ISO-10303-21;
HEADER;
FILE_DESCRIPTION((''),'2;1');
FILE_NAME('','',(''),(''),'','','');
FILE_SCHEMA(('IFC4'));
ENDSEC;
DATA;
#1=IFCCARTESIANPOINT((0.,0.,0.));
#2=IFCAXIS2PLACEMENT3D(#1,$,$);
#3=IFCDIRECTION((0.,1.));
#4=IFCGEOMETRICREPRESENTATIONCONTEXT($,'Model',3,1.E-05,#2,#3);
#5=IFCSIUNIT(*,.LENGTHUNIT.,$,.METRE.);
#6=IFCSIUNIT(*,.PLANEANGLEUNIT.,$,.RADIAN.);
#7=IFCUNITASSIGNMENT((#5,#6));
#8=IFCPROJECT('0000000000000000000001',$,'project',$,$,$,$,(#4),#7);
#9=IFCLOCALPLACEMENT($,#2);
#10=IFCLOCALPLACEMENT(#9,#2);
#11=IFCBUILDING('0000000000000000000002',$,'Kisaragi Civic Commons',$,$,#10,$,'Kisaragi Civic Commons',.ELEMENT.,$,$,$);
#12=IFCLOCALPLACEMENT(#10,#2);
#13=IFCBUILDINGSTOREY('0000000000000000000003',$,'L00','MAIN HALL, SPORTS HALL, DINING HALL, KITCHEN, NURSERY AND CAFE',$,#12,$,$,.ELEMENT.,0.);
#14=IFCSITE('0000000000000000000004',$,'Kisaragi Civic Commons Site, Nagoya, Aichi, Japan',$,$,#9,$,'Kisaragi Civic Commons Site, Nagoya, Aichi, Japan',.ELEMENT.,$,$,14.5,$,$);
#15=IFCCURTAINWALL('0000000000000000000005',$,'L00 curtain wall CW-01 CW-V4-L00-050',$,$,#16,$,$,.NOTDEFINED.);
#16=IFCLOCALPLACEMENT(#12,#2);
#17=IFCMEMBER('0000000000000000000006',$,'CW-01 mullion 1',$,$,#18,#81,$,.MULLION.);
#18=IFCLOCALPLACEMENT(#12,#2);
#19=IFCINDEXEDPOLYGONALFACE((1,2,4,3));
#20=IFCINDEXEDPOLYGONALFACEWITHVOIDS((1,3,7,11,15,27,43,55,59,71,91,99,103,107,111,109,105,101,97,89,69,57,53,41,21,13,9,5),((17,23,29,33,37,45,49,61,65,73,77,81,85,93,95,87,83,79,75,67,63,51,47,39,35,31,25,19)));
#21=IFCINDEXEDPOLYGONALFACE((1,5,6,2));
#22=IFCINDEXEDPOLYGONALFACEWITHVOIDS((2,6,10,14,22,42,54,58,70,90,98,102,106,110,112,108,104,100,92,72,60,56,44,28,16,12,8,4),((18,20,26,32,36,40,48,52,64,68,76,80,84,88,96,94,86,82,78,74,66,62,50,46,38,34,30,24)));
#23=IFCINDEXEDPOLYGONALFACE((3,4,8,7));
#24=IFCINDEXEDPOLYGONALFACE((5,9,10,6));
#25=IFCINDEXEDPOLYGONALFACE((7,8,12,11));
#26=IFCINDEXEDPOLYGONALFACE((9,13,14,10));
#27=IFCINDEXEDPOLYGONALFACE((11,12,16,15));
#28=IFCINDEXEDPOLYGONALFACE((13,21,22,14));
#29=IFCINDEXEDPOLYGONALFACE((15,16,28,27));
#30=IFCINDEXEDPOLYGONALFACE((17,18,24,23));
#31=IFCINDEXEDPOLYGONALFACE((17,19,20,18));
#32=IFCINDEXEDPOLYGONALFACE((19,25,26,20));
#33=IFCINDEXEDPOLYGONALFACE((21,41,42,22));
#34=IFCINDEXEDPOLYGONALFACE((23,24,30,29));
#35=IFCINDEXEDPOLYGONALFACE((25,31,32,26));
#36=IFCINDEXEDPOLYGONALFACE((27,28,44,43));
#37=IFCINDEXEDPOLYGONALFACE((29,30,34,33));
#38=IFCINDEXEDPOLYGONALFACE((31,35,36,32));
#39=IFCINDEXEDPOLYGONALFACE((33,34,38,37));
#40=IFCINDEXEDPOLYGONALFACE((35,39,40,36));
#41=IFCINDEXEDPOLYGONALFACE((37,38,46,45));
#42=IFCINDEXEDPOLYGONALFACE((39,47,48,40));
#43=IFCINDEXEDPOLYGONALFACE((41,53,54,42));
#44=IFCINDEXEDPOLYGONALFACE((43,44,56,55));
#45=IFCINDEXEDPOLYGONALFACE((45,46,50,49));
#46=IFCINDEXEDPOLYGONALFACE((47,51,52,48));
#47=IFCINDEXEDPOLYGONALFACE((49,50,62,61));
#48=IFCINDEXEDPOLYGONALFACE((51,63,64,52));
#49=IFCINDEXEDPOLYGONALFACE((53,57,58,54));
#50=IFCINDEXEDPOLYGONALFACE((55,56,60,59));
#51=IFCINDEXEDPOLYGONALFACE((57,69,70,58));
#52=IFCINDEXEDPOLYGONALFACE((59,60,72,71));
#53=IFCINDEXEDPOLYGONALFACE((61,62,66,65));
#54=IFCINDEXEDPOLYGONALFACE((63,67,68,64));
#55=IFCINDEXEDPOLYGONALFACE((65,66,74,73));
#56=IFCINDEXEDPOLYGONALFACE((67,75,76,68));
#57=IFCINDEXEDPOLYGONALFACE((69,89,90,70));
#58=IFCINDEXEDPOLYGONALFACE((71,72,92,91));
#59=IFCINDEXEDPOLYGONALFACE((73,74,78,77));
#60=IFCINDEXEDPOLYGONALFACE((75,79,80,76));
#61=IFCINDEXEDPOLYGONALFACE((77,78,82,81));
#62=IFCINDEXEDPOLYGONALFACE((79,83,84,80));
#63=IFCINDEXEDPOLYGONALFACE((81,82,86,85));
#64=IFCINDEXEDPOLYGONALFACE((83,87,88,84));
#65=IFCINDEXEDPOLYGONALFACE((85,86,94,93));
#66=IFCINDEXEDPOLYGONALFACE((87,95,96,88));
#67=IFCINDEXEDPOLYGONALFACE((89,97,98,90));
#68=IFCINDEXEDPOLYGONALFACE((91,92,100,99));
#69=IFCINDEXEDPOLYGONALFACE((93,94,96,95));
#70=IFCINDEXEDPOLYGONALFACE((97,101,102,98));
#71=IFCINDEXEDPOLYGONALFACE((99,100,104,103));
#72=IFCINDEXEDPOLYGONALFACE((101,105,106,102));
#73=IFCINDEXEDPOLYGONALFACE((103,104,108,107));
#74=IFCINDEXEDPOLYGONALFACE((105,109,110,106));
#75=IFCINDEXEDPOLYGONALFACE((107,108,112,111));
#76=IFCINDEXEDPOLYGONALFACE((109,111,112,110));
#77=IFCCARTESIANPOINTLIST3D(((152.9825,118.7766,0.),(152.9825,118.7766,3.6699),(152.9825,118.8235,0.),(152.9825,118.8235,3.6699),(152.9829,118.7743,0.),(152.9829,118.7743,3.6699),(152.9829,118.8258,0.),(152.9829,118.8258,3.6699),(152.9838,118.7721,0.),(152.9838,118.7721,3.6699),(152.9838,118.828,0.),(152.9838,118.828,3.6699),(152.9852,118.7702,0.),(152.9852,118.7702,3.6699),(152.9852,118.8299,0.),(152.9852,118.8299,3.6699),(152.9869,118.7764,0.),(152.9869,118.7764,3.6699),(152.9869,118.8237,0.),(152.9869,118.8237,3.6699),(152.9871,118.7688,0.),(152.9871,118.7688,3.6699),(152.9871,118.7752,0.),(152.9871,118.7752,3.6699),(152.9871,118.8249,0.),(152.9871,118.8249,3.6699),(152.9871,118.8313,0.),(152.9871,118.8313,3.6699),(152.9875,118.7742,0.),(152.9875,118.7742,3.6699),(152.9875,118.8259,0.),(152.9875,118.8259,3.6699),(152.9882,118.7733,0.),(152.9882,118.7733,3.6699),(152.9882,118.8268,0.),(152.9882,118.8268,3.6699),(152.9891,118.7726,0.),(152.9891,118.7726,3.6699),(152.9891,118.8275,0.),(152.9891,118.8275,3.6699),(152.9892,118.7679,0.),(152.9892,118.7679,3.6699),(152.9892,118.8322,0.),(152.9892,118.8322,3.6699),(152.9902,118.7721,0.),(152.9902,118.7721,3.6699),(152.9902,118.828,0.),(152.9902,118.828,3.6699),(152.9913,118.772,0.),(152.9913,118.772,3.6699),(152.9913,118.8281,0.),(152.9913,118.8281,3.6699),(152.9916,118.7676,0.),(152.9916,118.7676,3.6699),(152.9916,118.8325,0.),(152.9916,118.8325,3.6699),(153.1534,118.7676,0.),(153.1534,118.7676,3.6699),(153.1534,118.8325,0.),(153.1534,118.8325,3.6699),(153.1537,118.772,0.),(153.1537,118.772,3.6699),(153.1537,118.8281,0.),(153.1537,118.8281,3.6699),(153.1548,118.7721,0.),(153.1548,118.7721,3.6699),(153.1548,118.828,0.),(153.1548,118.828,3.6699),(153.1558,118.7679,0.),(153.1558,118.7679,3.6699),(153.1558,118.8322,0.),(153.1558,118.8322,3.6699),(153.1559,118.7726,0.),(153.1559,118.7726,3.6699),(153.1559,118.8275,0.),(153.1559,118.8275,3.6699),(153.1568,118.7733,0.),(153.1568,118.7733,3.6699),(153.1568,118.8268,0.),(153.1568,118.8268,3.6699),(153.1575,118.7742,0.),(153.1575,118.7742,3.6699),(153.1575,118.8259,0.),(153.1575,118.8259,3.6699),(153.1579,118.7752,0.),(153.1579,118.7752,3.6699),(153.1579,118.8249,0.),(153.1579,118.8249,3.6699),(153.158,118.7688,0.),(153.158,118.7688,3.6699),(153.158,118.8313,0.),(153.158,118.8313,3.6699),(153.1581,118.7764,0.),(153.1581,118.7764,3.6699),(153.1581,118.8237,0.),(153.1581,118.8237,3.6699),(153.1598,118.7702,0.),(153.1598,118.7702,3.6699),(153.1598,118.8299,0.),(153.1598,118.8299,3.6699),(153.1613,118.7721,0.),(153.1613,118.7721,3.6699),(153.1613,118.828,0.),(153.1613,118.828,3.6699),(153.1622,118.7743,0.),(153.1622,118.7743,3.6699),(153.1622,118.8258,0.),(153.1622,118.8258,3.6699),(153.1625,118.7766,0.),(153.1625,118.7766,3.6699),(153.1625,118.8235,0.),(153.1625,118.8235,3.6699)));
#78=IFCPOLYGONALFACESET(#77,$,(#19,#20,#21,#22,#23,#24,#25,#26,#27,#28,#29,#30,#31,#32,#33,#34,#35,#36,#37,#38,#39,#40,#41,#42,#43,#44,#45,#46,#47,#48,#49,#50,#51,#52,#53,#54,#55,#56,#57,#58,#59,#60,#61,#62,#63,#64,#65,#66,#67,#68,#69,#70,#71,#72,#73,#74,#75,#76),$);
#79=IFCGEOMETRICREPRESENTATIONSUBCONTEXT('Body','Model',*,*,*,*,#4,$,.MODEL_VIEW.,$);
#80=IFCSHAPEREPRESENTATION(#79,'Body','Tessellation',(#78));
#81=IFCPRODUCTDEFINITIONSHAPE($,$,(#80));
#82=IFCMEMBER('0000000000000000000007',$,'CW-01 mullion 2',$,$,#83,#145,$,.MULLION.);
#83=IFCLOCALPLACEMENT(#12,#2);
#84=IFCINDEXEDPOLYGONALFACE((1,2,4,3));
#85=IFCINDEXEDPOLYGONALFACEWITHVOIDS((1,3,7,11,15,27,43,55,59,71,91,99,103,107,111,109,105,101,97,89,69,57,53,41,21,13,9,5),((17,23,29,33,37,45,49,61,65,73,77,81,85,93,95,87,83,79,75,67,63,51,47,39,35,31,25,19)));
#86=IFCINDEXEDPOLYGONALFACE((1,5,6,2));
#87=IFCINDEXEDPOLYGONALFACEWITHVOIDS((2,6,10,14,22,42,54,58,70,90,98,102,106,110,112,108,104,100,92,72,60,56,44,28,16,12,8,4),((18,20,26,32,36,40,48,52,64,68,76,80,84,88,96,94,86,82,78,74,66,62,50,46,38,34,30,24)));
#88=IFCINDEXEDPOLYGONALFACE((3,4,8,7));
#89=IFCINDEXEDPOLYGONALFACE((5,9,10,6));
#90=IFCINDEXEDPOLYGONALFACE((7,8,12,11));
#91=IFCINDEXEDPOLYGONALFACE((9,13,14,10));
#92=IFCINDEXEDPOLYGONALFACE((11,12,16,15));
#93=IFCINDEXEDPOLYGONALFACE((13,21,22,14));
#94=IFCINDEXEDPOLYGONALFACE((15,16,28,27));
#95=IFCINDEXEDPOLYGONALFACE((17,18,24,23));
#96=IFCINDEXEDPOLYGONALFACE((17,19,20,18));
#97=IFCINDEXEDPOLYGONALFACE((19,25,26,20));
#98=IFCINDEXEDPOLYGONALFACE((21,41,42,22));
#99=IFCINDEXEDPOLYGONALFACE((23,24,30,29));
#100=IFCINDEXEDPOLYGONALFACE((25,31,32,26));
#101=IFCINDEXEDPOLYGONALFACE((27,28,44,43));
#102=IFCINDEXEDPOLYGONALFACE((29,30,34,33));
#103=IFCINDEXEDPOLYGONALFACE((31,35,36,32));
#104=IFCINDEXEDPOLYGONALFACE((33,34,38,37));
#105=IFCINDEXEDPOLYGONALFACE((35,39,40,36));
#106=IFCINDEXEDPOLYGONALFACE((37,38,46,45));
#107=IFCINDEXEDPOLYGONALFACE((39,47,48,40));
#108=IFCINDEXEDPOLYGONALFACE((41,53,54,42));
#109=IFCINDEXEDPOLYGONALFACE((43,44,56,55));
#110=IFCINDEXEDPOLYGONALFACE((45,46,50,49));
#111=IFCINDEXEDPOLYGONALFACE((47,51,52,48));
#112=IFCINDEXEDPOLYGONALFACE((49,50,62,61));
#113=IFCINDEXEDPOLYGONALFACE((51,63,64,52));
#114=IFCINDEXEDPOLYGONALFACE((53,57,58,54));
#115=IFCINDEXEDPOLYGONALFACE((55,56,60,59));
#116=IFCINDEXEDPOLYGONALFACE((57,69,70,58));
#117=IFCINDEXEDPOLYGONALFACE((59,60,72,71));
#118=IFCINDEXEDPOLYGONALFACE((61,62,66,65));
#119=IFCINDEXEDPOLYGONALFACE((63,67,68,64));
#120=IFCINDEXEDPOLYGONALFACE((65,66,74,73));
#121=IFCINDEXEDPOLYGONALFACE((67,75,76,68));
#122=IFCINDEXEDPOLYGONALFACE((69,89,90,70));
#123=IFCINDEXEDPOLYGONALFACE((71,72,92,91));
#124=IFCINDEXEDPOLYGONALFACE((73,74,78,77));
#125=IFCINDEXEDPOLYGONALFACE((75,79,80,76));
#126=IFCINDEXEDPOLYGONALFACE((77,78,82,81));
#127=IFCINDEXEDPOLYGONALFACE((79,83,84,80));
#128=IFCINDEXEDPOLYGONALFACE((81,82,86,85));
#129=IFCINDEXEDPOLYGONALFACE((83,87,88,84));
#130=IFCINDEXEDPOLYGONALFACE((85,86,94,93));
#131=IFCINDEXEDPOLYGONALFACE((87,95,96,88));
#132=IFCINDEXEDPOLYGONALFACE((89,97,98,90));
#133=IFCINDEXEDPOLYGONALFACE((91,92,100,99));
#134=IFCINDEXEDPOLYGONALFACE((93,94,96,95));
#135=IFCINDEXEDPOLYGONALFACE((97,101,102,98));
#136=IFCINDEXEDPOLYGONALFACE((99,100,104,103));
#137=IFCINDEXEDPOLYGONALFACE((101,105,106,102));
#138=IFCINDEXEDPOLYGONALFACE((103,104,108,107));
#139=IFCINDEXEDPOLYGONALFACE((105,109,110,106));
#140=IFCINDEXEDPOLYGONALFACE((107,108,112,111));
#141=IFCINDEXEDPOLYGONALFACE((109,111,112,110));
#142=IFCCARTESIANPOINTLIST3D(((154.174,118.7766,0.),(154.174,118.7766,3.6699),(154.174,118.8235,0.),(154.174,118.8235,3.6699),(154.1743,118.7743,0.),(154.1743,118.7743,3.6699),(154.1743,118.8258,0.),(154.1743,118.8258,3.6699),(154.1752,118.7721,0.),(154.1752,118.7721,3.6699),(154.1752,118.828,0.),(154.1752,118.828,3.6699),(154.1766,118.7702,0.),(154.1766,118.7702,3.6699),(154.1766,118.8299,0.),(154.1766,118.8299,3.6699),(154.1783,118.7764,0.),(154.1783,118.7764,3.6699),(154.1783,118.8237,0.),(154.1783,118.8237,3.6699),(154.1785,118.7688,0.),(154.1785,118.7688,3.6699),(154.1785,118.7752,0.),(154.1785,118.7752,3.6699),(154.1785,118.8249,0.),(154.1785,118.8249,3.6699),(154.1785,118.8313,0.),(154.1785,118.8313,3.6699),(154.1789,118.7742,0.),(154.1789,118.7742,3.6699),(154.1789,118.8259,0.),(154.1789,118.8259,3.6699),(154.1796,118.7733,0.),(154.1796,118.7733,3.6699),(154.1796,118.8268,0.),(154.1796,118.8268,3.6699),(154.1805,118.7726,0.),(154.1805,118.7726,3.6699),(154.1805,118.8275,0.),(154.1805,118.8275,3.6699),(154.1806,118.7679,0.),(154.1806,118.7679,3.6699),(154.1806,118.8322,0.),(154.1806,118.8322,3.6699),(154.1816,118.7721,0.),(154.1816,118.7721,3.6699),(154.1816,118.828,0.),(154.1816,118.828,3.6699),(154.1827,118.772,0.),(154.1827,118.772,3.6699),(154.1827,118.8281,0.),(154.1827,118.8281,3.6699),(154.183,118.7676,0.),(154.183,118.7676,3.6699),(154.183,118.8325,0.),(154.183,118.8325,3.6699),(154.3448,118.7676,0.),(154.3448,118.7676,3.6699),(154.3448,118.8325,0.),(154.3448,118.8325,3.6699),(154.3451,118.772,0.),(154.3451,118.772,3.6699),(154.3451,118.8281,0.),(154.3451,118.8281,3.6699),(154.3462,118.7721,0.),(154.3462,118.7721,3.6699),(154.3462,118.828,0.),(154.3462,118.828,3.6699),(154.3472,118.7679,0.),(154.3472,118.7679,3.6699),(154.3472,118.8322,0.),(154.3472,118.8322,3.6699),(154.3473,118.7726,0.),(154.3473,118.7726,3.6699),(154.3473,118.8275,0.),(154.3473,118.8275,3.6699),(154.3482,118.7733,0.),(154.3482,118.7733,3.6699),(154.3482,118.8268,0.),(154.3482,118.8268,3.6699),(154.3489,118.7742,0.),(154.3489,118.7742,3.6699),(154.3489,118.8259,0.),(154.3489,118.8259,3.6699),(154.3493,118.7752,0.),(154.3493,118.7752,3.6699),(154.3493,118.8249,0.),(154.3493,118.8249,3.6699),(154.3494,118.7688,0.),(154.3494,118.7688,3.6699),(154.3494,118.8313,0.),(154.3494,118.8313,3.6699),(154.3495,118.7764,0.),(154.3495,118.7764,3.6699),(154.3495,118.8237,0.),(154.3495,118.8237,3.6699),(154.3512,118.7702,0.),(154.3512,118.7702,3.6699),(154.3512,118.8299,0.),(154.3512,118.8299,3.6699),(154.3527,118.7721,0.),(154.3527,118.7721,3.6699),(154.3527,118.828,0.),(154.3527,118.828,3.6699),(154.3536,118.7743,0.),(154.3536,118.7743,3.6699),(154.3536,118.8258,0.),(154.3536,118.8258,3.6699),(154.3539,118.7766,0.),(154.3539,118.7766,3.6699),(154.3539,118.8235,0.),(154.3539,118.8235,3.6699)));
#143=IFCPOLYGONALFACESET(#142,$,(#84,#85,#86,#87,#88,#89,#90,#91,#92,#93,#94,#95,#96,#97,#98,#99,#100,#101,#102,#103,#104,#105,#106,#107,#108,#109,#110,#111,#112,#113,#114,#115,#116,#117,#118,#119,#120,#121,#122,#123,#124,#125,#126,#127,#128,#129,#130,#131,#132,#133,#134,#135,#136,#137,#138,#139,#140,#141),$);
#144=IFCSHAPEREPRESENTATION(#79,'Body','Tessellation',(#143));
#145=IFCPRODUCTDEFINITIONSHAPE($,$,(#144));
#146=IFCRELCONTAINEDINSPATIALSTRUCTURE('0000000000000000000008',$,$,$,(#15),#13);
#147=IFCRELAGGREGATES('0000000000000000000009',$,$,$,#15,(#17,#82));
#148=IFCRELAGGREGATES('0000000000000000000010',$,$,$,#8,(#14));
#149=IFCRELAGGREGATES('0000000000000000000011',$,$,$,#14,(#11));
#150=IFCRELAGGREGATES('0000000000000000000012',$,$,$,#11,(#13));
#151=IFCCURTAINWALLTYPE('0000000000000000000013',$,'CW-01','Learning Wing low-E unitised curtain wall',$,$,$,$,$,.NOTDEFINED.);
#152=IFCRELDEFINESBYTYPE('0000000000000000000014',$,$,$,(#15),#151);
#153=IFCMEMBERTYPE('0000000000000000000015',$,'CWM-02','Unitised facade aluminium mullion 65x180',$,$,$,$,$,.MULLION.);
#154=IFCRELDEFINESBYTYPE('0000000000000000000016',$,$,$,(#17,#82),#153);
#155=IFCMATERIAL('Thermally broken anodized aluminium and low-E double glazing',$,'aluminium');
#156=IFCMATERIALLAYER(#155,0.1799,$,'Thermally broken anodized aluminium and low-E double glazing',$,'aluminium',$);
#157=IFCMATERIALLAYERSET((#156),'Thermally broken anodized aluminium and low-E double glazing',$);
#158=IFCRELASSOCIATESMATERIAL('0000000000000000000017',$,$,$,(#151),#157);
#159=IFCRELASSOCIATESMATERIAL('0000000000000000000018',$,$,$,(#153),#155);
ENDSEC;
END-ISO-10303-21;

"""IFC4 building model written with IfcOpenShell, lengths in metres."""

from ifc_helpers import new_model, si_unit, direction, frame, origin, origin_2d, place, context, subcontext, project, spatial, hollow_rectangle, extrude, material, layer, layer_set, material_profile, profile_set, type_object, element, aggregate, save


model = new_model("IFC4")

# Units and contexts
model_context = context("Model", 3, precision=1e-05, world=origin(), true_north=direction((0.0, 1.0)))
body_context = subcontext(model_context, "Body", "Model", "MODEL_VIEW")
ifc_project = project(units=[si_unit("LENGTHUNIT", "METRE"), si_unit("PLANEANGLEUNIT", "RADIAN")], contexts=[model_context])

# Site, building, storey
site_placement = place(None, origin())
site = spatial("IfcSite", under=ifc_project, at=site_placement, Name="Kisaragi Civic Commons Site, Nagoya, Aichi, Japan", LongName="Kisaragi Civic Commons Site, Nagoya, Aichi, Japan", CompositionType="ELEMENT", RefElevation=14.5)
building_placement = place(site_placement, origin())
building = spatial("IfcBuilding", under=site, at=building_placement, Name="Kisaragi Civic Commons", LongName="Kisaragi Civic Commons", CompositionType="ELEMENT")
storey_placement = place(building_placement, origin())
storey = spatial("IfcBuildingStorey", under=building, at=storey_placement, Name="L00", Description="MAIN HALL, SPORTS HALL, DINING HALL, KITCHEN, NURSERY AND CAFE", CompositionType="ELEMENT", Elevation=0.0)

# Curtain wall, members
ifc_material_1 = material(Name="Thermally broken anodized aluminium and low-E double glazing", Category="aluminium")
ifc_layer_1 = layer(ifc_material_1, 0.1799, Name="Thermally broken anodized aluminium and low-E double glazing", Category="aluminium")
ifc_layer_set_1 = layer_set([ifc_layer_1], Name="Thermally broken anodized aluminium and low-E double glazing")
curtain_wall_type = type_object("IfcCurtainWallType", Name="CW-01", Description="Learning Wing low-E unitised curtain wall", PredefinedType="NOTDEFINED", material=ifc_layer_set_1)
ifc_material_profile_1 = material_profile(ifc_material_1, hollow_rectangle(XDim=0.0649, YDim=0.1799, WallThickness=0.0044, InnerFilletRadius=0.0044, OuterFilletRadius=0.009, at=origin_2d()), Name="CWM-65x180x4.5", Category="aluminium")
ifc_profile_set_1 = profile_set([ifc_material_profile_1], Name="Thermally broken anodized aluminium and low-E double glazing")
member_type_1 = type_object("IfcMemberType", Name="CWM-02", Description="Unitised facade aluminium mullion 65x180", PredefinedType="MULLION", material=ifc_profile_set_1)
curtain_wall_1_placement = place(storey_placement, origin())
curtain_wall_1 = element("IfcCurtainWall", 1, at=curtain_wall_1_placement, inside=storey, type_object=curtain_wall_type, Name="L00 curtain wall CW-01 CW-V4-L00-050", PredefinedType="NOTDEFINED")
member_1_placement = place(storey_placement, frame((153.0725, 118.8, 0.0), z_axis=(0.0, 0.0, 1.0), x_axis=(0.0, 1.0, 0.0)))
member_1 = element("IfcMember", 2, at=member_1_placement, type_object=member_type_1, Name="CW-01 mullion 1", PredefinedType="MULLION", context=body_context, shape_type="SweptSolid", body=[
    extrude(hollow_rectangle(XDim=0.0649, YDim=0.1799, WallThickness=0.0044, InnerFilletRadius=0.0044, OuterFilletRadius=0.009, at=origin_2d()), origin(), (0.0, 0.0, 1.0), 3.6699),
])
member_2_placement = place(storey_placement, frame((154.2639, 118.8, 0.0), z_axis=(0.0, 0.0, 1.0), x_axis=(0.0, 1.0, 0.0)))
member_2 = element("IfcMember", 3, at=member_2_placement, type_object=member_type_1, Name="CW-01 mullion 2", PredefinedType="MULLION", context=body_context, shape_type="SweptSolid", body=[
    extrude(hollow_rectangle(XDim=0.0649, YDim=0.1799, WallThickness=0.0044, InnerFilletRadius=0.0044, OuterFilletRadius=0.009, at=origin_2d()), origin(), (0.0, 0.0, 1.0), 3.6699),
])

aggregate(curtain_wall_1, [member_1, member_2])

save(model, "model.ifc")
